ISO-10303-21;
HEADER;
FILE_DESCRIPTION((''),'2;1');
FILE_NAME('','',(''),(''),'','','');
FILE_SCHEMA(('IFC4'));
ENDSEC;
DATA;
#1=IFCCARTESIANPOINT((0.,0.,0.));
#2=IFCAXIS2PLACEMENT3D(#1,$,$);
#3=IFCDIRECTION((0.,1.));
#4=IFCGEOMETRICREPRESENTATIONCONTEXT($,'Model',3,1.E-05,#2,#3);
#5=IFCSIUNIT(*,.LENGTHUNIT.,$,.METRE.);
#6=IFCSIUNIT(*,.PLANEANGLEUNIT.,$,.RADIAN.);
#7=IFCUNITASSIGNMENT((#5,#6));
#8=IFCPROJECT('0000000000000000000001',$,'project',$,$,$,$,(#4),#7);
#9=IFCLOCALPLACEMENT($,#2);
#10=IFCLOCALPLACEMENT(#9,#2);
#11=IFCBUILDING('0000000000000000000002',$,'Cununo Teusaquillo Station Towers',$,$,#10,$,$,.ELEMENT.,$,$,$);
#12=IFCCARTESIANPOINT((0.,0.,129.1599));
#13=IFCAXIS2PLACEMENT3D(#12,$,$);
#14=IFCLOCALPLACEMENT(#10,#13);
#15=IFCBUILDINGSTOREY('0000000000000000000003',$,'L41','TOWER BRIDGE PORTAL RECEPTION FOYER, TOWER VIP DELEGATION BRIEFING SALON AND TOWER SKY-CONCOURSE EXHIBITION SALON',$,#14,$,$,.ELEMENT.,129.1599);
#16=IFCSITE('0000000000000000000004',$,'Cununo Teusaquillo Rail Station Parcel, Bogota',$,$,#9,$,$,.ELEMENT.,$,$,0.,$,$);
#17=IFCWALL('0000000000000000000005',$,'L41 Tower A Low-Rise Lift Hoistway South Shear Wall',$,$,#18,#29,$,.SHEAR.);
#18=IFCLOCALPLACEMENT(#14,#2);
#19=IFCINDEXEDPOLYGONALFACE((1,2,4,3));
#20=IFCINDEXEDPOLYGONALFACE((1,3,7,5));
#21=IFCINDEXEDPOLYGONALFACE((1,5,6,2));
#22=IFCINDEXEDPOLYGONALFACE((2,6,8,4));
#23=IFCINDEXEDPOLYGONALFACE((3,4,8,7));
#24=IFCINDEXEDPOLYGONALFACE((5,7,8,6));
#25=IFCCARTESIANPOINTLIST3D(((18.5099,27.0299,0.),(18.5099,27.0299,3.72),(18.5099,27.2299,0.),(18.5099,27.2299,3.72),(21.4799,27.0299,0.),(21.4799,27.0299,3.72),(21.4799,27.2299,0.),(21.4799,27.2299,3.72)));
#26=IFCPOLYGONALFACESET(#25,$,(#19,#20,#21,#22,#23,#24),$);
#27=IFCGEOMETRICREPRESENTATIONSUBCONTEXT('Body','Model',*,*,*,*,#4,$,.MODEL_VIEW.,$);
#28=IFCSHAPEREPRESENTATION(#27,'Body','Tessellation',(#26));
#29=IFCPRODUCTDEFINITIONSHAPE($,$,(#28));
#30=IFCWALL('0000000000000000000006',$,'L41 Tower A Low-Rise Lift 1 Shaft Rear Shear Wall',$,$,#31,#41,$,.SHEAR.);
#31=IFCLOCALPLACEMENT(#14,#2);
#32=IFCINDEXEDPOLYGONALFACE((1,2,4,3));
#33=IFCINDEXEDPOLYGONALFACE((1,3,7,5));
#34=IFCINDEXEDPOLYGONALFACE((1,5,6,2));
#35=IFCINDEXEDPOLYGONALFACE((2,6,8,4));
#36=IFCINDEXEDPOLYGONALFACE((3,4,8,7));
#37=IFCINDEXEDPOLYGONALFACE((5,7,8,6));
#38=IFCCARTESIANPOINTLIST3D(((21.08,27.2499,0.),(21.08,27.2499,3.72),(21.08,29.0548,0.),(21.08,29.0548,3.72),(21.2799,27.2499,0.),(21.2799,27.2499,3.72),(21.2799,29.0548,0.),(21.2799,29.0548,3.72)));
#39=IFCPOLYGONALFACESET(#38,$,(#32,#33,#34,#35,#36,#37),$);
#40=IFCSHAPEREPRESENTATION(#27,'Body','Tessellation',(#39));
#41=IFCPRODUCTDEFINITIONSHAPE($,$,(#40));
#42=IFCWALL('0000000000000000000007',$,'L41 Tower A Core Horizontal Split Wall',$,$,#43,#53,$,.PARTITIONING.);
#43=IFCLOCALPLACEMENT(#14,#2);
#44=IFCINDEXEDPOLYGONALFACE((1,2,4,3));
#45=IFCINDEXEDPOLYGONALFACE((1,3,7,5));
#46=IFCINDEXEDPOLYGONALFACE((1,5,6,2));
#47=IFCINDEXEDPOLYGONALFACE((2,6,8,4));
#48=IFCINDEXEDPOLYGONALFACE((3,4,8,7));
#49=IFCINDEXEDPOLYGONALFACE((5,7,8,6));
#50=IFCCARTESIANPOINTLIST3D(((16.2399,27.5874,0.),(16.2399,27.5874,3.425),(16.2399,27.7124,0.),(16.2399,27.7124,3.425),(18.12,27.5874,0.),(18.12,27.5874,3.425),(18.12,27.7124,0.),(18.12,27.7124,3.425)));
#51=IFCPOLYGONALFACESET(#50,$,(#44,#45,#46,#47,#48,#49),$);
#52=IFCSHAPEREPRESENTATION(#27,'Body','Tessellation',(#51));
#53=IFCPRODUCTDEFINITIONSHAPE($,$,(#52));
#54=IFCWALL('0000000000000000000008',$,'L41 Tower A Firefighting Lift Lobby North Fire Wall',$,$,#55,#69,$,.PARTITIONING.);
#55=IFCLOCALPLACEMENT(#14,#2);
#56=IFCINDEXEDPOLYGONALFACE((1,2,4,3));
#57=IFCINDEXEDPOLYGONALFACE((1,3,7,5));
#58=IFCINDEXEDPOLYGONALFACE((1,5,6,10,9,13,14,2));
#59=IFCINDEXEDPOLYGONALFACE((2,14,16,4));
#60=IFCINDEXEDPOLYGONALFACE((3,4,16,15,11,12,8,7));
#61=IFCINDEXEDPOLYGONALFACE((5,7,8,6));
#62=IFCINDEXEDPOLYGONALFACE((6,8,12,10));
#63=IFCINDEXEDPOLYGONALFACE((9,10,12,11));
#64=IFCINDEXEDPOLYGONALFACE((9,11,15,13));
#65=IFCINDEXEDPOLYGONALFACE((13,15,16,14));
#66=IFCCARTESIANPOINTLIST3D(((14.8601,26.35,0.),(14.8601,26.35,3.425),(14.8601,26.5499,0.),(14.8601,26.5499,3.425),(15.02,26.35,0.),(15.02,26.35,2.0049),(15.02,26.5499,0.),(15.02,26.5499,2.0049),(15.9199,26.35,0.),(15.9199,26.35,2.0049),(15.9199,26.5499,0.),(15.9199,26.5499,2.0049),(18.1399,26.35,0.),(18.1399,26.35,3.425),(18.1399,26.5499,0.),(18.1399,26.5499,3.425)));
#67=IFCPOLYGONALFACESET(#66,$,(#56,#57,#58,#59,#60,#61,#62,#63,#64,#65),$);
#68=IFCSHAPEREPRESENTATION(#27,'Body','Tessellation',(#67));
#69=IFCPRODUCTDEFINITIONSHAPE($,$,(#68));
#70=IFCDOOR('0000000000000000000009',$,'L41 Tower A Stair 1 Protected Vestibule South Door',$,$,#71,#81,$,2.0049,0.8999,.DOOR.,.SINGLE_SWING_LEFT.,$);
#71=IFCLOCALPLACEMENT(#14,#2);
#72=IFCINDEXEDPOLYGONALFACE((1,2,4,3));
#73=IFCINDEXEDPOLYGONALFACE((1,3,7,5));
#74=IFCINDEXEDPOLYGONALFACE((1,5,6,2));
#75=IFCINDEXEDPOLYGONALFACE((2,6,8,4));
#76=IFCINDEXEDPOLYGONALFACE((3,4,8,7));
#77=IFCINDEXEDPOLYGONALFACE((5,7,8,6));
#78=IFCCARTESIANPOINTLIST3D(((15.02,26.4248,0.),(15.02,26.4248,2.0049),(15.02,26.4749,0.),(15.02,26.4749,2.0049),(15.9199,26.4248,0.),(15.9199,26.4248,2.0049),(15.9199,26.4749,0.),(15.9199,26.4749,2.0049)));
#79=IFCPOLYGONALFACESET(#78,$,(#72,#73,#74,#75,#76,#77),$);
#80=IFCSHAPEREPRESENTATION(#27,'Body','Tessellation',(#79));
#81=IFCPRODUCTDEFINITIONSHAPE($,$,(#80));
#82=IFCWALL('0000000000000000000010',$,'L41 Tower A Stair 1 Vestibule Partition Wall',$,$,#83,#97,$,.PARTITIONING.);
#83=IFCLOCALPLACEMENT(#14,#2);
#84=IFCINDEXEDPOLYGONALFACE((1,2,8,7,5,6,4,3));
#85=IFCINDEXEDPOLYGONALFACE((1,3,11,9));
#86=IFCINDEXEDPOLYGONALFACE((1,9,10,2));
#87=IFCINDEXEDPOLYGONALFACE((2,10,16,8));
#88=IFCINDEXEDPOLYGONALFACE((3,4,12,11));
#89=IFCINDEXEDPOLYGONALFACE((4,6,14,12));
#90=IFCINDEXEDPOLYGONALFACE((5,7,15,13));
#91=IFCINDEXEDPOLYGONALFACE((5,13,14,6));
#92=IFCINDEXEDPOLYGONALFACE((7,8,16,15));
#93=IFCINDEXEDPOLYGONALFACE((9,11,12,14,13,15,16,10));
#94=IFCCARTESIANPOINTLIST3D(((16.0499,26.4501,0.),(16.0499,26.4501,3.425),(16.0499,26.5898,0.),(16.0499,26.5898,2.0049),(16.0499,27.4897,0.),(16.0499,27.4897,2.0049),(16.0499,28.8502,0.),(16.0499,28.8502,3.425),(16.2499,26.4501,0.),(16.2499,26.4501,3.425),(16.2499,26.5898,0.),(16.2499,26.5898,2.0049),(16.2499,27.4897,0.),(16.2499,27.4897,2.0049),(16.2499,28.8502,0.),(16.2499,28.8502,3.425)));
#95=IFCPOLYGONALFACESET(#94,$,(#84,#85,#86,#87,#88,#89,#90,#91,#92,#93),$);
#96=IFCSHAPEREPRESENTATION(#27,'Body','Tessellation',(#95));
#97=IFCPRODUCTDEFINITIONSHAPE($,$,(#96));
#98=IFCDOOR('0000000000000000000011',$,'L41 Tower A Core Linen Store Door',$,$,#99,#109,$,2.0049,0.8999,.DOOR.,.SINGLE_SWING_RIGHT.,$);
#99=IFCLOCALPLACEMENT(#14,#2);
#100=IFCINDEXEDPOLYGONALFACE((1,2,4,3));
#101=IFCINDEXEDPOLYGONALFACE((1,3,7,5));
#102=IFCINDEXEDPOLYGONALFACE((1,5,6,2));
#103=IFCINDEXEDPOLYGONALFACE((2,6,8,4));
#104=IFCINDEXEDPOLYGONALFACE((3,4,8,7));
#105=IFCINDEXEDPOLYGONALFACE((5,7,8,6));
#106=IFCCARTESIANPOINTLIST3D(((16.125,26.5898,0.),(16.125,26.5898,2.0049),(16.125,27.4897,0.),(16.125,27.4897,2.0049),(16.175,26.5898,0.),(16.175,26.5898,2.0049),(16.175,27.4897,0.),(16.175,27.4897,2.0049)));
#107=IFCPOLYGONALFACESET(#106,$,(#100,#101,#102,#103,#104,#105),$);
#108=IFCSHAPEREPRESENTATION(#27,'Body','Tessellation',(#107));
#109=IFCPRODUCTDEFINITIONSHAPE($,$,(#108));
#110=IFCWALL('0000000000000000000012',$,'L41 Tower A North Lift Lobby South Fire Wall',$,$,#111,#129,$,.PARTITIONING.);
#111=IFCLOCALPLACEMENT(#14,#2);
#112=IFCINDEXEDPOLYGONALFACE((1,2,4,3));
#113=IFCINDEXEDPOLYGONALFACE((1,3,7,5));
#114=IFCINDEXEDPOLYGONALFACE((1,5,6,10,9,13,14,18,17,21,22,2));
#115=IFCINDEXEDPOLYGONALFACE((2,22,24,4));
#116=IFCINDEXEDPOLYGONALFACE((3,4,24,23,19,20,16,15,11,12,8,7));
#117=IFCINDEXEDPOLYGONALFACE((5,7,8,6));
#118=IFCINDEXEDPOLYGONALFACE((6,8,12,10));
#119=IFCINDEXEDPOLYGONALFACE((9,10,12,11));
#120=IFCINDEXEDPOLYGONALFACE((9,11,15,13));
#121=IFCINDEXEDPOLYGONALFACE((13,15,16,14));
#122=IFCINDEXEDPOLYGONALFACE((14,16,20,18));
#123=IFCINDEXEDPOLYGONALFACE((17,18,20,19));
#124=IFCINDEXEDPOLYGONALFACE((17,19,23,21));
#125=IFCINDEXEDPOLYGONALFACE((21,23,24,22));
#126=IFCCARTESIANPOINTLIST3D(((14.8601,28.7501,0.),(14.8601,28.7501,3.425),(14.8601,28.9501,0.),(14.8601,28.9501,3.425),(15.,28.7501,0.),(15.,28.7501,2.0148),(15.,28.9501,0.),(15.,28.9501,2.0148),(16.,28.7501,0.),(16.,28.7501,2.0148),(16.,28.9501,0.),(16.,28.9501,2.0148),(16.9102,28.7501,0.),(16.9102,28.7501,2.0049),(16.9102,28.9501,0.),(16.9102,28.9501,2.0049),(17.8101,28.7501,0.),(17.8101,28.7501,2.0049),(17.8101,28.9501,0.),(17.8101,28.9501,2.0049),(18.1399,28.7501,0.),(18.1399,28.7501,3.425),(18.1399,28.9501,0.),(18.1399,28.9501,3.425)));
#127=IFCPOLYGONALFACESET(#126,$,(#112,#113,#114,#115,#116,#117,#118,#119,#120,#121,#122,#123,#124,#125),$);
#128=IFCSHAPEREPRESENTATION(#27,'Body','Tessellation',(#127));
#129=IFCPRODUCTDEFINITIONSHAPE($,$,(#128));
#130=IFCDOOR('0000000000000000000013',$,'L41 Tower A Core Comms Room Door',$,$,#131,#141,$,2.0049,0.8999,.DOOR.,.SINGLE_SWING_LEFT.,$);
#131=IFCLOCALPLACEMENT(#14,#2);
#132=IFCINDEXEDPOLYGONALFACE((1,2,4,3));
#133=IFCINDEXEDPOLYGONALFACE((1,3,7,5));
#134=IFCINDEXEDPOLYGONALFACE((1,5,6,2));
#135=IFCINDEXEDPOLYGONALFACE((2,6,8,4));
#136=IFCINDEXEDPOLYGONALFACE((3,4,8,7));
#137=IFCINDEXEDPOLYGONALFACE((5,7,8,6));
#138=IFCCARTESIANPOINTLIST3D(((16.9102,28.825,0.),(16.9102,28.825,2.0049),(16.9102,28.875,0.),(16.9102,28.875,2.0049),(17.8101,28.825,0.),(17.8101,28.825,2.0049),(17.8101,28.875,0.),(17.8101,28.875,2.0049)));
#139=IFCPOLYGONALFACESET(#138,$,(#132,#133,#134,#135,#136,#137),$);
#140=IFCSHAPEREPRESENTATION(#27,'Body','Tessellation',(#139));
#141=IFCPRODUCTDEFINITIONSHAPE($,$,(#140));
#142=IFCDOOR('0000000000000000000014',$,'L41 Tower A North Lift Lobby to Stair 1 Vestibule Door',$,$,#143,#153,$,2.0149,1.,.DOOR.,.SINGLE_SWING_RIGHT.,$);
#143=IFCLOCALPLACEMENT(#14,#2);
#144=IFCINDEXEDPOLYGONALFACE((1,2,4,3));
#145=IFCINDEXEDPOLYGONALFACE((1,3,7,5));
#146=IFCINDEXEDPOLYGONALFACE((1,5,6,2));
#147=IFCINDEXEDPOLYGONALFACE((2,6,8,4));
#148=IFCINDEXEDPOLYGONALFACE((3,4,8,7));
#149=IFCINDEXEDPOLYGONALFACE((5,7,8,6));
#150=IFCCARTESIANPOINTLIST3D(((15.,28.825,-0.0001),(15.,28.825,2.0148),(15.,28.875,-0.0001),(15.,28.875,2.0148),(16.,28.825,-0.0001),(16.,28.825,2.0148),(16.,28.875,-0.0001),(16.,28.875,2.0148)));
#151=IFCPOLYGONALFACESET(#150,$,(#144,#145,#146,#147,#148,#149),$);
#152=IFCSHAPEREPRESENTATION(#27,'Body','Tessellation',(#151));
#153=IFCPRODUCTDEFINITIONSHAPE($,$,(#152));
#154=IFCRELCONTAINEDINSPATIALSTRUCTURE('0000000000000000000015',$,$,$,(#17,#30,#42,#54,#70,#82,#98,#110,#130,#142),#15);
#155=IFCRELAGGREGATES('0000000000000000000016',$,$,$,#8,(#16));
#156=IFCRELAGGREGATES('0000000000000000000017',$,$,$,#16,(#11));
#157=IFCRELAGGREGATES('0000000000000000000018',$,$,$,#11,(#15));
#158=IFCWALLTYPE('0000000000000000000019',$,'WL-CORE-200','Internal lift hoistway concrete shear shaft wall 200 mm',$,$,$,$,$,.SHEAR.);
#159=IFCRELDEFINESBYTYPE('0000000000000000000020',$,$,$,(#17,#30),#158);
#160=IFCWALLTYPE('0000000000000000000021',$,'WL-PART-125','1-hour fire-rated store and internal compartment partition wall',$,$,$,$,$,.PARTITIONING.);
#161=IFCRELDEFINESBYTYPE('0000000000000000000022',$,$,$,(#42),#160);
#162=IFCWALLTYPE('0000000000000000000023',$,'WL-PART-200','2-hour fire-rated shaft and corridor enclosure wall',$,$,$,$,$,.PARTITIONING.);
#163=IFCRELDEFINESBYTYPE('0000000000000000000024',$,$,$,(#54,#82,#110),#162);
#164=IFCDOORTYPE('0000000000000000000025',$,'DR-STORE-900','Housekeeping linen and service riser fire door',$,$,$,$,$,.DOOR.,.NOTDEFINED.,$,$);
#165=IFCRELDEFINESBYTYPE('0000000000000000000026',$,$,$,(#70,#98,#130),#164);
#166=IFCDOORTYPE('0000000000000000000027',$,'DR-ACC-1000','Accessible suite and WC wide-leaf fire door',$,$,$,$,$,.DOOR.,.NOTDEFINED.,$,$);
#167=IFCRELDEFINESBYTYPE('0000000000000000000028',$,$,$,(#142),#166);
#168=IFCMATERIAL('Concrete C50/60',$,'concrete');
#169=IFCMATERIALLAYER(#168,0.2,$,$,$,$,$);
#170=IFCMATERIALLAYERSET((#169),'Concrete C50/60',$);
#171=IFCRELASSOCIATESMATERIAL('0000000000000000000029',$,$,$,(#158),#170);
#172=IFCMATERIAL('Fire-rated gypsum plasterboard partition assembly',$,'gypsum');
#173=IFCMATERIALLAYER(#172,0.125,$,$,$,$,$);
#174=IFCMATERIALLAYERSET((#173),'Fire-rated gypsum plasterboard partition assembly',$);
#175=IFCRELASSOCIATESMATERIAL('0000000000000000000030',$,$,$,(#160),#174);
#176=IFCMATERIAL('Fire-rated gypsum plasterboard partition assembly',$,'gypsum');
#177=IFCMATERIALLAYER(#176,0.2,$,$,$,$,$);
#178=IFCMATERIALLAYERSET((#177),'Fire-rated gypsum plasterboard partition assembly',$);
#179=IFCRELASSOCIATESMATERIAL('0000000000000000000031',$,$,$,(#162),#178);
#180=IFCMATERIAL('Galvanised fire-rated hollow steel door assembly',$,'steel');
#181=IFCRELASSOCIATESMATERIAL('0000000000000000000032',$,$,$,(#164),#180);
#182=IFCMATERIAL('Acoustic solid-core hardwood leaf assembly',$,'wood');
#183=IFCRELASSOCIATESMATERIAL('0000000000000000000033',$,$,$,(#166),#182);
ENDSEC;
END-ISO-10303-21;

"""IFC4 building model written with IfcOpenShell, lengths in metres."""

from ifc_helpers import new_model, si_unit, direction, frame, frame_2d, origin, place, context, subcontext, project, spatial, rectangle, extrude, source, transform, mapped, material, layer, layer_set, type_object, element, fill, save


model = new_model("IFC4")

# Units and contexts
model_context = context("Model", 3, precision=1e-05, world=origin(), true_north=direction((0.0, 1.0)))
body_context = subcontext(model_context, "Body", "Model", "MODEL_VIEW")
ifc_project = project(units=[si_unit("LENGTHUNIT", "METRE"), si_unit("PLANEANGLEUNIT", "RADIAN")], contexts=[model_context])

# Site, building, storey
site_placement = place(None, origin())
site = spatial("IfcSite", under=ifc_project, at=site_placement, Name="Cununo Teusaquillo Rail Station Parcel, Bogota", CompositionType="ELEMENT", RefElevation=0.0)
building_placement = place(site_placement, origin())
building = spatial("IfcBuilding", under=site, at=building_placement, Name="Cununo Teusaquillo Station Towers", CompositionType="ELEMENT")
storey_placement = place(building_placement, frame((0.0, 0.0, 129.1599)))
storey = spatial("IfcBuildingStorey", under=building, at=storey_placement, Name="L41", Description="TOWER BRIDGE PORTAL RECEPTION FOYER, TOWER VIP DELEGATION BRIEFING SALON AND TOWER SKY-CONCOURSE EXHIBITION SALON", CompositionType="ELEMENT", Elevation=129.1599)

# Walls
ifc_material_1 = material(Name="Concrete C50/60", Category="concrete")
ifc_layer_1 = layer(ifc_material_1, 0.2)
ifc_layer_set_1 = layer_set([ifc_layer_1], Name="Concrete C50/60")
wall_type_1 = type_object("IfcWallType", Name="WL-CORE-200", Description="Internal lift hoistway concrete shear shaft wall 200 mm", PredefinedType="SHEAR", material=ifc_layer_set_1)
wall_1_placement = place(storey_placement, frame((18.51, 27.1299, 0.0), z_axis=(0.0, 0.0, 1.0), x_axis=(1.0, 0.0, 0.0)))
element("IfcWall", 1, at=wall_1_placement, inside=storey, type_object=wall_type_1, Name="L41 Tower A Low-Rise Lift Hoistway South Shear Wall", PredefinedType="SHEAR", context=body_context, shape_type="SweptSolid", body=[
    extrude(rectangle(XDim=2.97, YDim=0.2, at=frame_2d((1.4849, 0.0))), origin(), (0.0, 0.0, 1.0), 3.72),
])
wall_2_placement = place(storey_placement, frame((21.1799, 27.25, 0.0), z_axis=(0.0, 0.0, 1.0), x_axis=(0.0, 1.0, 0.0)))
element("IfcWall", 2, at=wall_2_placement, inside=storey, type_object=wall_type_1, Name="L41 Tower A Low-Rise Lift 1 Shaft Rear Shear Wall", PredefinedType="SHEAR", context=body_context, shape_type="SweptSolid", body=[
    extrude(rectangle(XDim=1.8049, YDim=0.2, at=frame_2d((0.9023, 0.0))), origin(), (0.0, 0.0, 1.0), 3.72),
])
ifc_material_2 = material(Name="Fire-rated gypsum plasterboard partition assembly", Category="gypsum")
ifc_layer_2 = layer(ifc_material_2, 0.125)
ifc_layer_set_2 = layer_set([ifc_layer_2], Name="Fire-rated gypsum plasterboard partition assembly")
wall_type_2 = type_object("IfcWallType", Name="WL-PART-125", Description="1-hour fire-rated store and internal compartment partition wall", PredefinedType="PARTITIONING", material=ifc_layer_set_2)
wall_3_placement = place(storey_placement, frame((16.24, 27.6499, 0.0), z_axis=(0.0, 0.0, 1.0), x_axis=(1.0, 0.0, 0.0)))
element("IfcWall", 3, at=wall_3_placement, inside=storey, type_object=wall_type_2, Name="L41 Tower A Core Horizontal Split Wall", PredefinedType="PARTITIONING", context=body_context, shape_type="SweptSolid", body=[
    extrude(rectangle(XDim=1.8801, YDim=0.125, at=frame_2d((0.9399, 0.0))), origin(), (0.0, 0.0, 1.0), 3.425),
])

# Walls, openings, doors
ifc_material_3 = material(Name="Fire-rated gypsum plasterboard partition assembly", Category="gypsum")
ifc_layer_3 = layer(ifc_material_3, 0.2)
ifc_layer_set_3 = layer_set([ifc_layer_3], Name="Fire-rated gypsum plasterboard partition assembly")
wall_type_3 = type_object("IfcWallType", Name="WL-PART-200", Description="2-hour fire-rated shaft and corridor enclosure wall", PredefinedType="PARTITIONING", material=ifc_layer_set_3)
wall_4_placement = place(storey_placement, frame((14.8601, 26.45, 0.0), z_axis=(0.0, 0.0, 1.0), x_axis=(1.0, 0.0, 0.0)))
wall_4 = element("IfcWall", 4, at=wall_4_placement, inside=storey, type_object=wall_type_3, Name="L41 Tower A Firefighting Lift Lobby North Fire Wall", PredefinedType="PARTITIONING", context=body_context, shape_type="SweptSolid", body=[
    extrude(rectangle(XDim=3.2798, YDim=0.2, at=frame_2d((1.6399, 0.0))), origin(), (0.0, 0.0, 1.0), 3.425),
])
shared_shape_1 = source(origin(), body_context, "Body", "SweptSolid", [
    extrude(rectangle(XDim=0.8999, YDim=2.0049, at=frame_2d((0.45, 1.0024))), frame((0.0, 0.1099, 0.0), z_axis=(0.0, -1.0, 0.0), x_axis=(1.0, 0.0, 0.0)), (0.0, 0.0, 1.0), 0.22),
])
opening_1_placement = place(wall_4_placement, frame((0.1599, 0.0, 0.0)))
opening_1 = element("IfcOpeningElement", 5, at=opening_1_placement, cuts=wall_4, PredefinedType="OPENING", context=body_context, shape_type="MappedRepresentation", body=[
    mapped(shared_shape_1, transform((0.0, 0.0, 0.0), x_axis=(1.0, 0.0, 0.0), y_axis=(0.0, 1.0, 0.0), z_axis=(0.0, 0.0, 1.0), scale=1.0)),
])
ifc_material_4 = material(Name="Galvanised fire-rated hollow steel door assembly", Category="steel")
door_type_1 = type_object("IfcDoorType", Name="DR-STORE-900", Description="Housekeeping linen and service riser fire door", OperationType="NOTDEFINED", PredefinedType="DOOR", material=ifc_material_4)
shared_shape_2 = source(origin(), body_context, "Body", "SweptSolid", [
    extrude(rectangle(XDim=0.8999, YDim=2.0049, at=frame_2d((0.45, 1.0024))), frame((0.0, 0.0249, 0.0), z_axis=(0.0, -1.0, 0.0), x_axis=(1.0, 0.0, 0.0)), (0.0, 0.0, 1.0), 0.05),
])
door_1_placement = place(opening_1_placement, origin())
door_1 = element("IfcDoor", 6, at=door_1_placement, inside=storey, type_object=door_type_1, Name="L41 Tower A Stair 1 Protected Vestibule South Door", OperationType="SINGLE_SWING_LEFT", OverallHeight=2.0049, OverallWidth=0.8999, PredefinedType="DOOR", context=body_context, shape_type="MappedRepresentation", body=[
    mapped(shared_shape_2, transform((0.0, 0.0, 0.0), x_axis=(1.0, 0.0, 0.0), y_axis=(0.0, 1.0, 0.0), z_axis=(0.0, 0.0, 1.0), scale=1.0)),
])
fill(opening_1, door_1)
wall_5_placement = place(storey_placement, frame((16.1499, 26.45, 0.0), z_axis=(0.0, 0.0, 1.0), x_axis=(0.0, 1.0, 0.0)))
wall_5 = element("IfcWall", 7, at=wall_5_placement, inside=storey, type_object=wall_type_3, Name="L41 Tower A Stair 1 Vestibule Partition Wall", PredefinedType="PARTITIONING", context=body_context, shape_type="SweptSolid", body=[
    extrude(rectangle(XDim=2.4001, YDim=0.2, at=frame_2d((1.2002, 0.0))), origin(), (0.0, 0.0, 1.0), 3.425),
])
opening_2_placement = place(wall_5_placement, frame((0.1399, 0.0, 0.0)))
opening_2 = element("IfcOpeningElement", 8, at=opening_2_placement, cuts=wall_5, PredefinedType="OPENING", context=body_context, shape_type="MappedRepresentation", body=[
    mapped(shared_shape_1, transform((0.0, 0.0, 0.0), x_axis=(1.0, 0.0, 0.0), y_axis=(0.0, 1.0, 0.0), z_axis=(0.0, 0.0, 1.0), scale=1.0)),
])
door_2_placement = place(opening_2_placement, origin())
door_2 = element("IfcDoor", 9, at=door_2_placement, inside=storey, type_object=door_type_1, Name="L41 Tower A Core Linen Store Door", OperationType="SINGLE_SWING_RIGHT", OverallHeight=2.0049, OverallWidth=0.8999, PredefinedType="DOOR", context=body_context, shape_type="MappedRepresentation", body=[
    mapped(shared_shape_2, transform((0.0, 0.0, 0.0), x_axis=(1.0, 0.0, 0.0), y_axis=(0.0, 1.0, 0.0), z_axis=(0.0, 0.0, 1.0), scale=1.0)),
])
fill(opening_2, door_2)

# Wall, openings, doors
wall_6_placement = place(storey_placement, frame((14.8601, 28.8501, 0.0), z_axis=(0.0, 0.0, 1.0), x_axis=(1.0, 0.0, 0.0)))
wall_6 = element("IfcWall", 10, at=wall_6_placement, inside=storey, type_object=wall_type_3, Name="L41 Tower A North Lift Lobby South Fire Wall", PredefinedType="PARTITIONING", context=body_context, shape_type="SweptSolid", body=[
    extrude(rectangle(XDim=3.2798, YDim=0.2, at=frame_2d((1.6399, 0.0))), origin(), (0.0, 0.0, 1.0), 3.425),
])
shared_shape_3 = source(origin(), body_context, "Body", "SweptSolid", [
    extrude(rectangle(XDim=1.0, YDim=2.0149, at=frame_2d((0.5, 1.0073))), frame((0.0, 0.1099, 0.0), z_axis=(0.0, -1.0, 0.0), x_axis=(1.0, 0.0, 0.0)), (0.0, 0.0, 1.0), 0.22),
])
opening_3_placement = place(wall_6_placement, frame((0.1399, 0.0, 0.0)))
opening_3 = element("IfcOpeningElement", 11, at=opening_3_placement, cuts=wall_6, PredefinedType="OPENING", context=body_context, shape_type="MappedRepresentation", body=[
    mapped(shared_shape_3, transform((0.0, 0.0, 0.0), x_axis=(1.0, 0.0, 0.0), y_axis=(0.0, 1.0, 0.0), z_axis=(0.0, 0.0, 1.0), scale=1.0)),
])
opening_4_placement = place(wall_6_placement, frame((2.05, 0.0, 0.0)))
opening_4 = element("IfcOpeningElement", 12, at=opening_4_placement, cuts=wall_6, PredefinedType="OPENING", context=body_context, shape_type="MappedRepresentation", body=[
    mapped(shared_shape_1, transform((0.0, 0.0, 0.0), x_axis=(1.0, 0.0, 0.0), y_axis=(0.0, 1.0, 0.0), z_axis=(0.0, 0.0, 1.0), scale=1.0)),
])
door_3_placement = place(opening_4_placement, origin())
door_3 = element("IfcDoor", 13, at=door_3_placement, inside=storey, type_object=door_type_1, Name="L41 Tower A Core Comms Room Door", OperationType="SINGLE_SWING_LEFT", OverallHeight=2.0049, OverallWidth=0.8999, PredefinedType="DOOR", context=body_context, shape_type="MappedRepresentation", body=[
    mapped(shared_shape_2, transform((0.0, 0.0, 0.0), x_axis=(1.0, 0.0, 0.0), y_axis=(0.0, 1.0, 0.0), z_axis=(0.0, 0.0, 1.0), scale=1.0)),
])
fill(opening_4, door_3)
ifc_material_5 = material(Name="Acoustic solid-core hardwood leaf assembly", Category="wood")
door_type_2 = type_object("IfcDoorType", Name="DR-ACC-1000", Description="Accessible suite and WC wide-leaf fire door", OperationType="NOTDEFINED", PredefinedType="DOOR", material=ifc_material_5)
shared_shape_4 = source(origin(), body_context, "Body", "SweptSolid", [
    extrude(rectangle(XDim=1.0, YDim=2.0149, at=frame_2d((0.5, 1.0073))), frame((0.0, 0.0249, 0.0), z_axis=(0.0, -1.0, 0.0), x_axis=(1.0, 0.0, 0.0)), (0.0, 0.0, 1.0), 0.05),
])
door_4_placement = place(opening_3_placement, origin())
door_4 = element("IfcDoor", 14, at=door_4_placement, inside=storey, type_object=door_type_2, Name="L41 Tower A North Lift Lobby to Stair 1 Vestibule Door", OperationType="SINGLE_SWING_RIGHT", OverallHeight=2.0149, OverallWidth=1.0, PredefinedType="DOOR", context=body_context, shape_type="MappedRepresentation", body=[
    mapped(shared_shape_4, transform((0.0, 0.0, 0.0), x_axis=(1.0, 0.0, 0.0), y_axis=(0.0, 1.0, 0.0), z_axis=(0.0, 0.0, 1.0), scale=1.0)),
])
fill(opening_3, door_4)

save(model, "model.ifc")
